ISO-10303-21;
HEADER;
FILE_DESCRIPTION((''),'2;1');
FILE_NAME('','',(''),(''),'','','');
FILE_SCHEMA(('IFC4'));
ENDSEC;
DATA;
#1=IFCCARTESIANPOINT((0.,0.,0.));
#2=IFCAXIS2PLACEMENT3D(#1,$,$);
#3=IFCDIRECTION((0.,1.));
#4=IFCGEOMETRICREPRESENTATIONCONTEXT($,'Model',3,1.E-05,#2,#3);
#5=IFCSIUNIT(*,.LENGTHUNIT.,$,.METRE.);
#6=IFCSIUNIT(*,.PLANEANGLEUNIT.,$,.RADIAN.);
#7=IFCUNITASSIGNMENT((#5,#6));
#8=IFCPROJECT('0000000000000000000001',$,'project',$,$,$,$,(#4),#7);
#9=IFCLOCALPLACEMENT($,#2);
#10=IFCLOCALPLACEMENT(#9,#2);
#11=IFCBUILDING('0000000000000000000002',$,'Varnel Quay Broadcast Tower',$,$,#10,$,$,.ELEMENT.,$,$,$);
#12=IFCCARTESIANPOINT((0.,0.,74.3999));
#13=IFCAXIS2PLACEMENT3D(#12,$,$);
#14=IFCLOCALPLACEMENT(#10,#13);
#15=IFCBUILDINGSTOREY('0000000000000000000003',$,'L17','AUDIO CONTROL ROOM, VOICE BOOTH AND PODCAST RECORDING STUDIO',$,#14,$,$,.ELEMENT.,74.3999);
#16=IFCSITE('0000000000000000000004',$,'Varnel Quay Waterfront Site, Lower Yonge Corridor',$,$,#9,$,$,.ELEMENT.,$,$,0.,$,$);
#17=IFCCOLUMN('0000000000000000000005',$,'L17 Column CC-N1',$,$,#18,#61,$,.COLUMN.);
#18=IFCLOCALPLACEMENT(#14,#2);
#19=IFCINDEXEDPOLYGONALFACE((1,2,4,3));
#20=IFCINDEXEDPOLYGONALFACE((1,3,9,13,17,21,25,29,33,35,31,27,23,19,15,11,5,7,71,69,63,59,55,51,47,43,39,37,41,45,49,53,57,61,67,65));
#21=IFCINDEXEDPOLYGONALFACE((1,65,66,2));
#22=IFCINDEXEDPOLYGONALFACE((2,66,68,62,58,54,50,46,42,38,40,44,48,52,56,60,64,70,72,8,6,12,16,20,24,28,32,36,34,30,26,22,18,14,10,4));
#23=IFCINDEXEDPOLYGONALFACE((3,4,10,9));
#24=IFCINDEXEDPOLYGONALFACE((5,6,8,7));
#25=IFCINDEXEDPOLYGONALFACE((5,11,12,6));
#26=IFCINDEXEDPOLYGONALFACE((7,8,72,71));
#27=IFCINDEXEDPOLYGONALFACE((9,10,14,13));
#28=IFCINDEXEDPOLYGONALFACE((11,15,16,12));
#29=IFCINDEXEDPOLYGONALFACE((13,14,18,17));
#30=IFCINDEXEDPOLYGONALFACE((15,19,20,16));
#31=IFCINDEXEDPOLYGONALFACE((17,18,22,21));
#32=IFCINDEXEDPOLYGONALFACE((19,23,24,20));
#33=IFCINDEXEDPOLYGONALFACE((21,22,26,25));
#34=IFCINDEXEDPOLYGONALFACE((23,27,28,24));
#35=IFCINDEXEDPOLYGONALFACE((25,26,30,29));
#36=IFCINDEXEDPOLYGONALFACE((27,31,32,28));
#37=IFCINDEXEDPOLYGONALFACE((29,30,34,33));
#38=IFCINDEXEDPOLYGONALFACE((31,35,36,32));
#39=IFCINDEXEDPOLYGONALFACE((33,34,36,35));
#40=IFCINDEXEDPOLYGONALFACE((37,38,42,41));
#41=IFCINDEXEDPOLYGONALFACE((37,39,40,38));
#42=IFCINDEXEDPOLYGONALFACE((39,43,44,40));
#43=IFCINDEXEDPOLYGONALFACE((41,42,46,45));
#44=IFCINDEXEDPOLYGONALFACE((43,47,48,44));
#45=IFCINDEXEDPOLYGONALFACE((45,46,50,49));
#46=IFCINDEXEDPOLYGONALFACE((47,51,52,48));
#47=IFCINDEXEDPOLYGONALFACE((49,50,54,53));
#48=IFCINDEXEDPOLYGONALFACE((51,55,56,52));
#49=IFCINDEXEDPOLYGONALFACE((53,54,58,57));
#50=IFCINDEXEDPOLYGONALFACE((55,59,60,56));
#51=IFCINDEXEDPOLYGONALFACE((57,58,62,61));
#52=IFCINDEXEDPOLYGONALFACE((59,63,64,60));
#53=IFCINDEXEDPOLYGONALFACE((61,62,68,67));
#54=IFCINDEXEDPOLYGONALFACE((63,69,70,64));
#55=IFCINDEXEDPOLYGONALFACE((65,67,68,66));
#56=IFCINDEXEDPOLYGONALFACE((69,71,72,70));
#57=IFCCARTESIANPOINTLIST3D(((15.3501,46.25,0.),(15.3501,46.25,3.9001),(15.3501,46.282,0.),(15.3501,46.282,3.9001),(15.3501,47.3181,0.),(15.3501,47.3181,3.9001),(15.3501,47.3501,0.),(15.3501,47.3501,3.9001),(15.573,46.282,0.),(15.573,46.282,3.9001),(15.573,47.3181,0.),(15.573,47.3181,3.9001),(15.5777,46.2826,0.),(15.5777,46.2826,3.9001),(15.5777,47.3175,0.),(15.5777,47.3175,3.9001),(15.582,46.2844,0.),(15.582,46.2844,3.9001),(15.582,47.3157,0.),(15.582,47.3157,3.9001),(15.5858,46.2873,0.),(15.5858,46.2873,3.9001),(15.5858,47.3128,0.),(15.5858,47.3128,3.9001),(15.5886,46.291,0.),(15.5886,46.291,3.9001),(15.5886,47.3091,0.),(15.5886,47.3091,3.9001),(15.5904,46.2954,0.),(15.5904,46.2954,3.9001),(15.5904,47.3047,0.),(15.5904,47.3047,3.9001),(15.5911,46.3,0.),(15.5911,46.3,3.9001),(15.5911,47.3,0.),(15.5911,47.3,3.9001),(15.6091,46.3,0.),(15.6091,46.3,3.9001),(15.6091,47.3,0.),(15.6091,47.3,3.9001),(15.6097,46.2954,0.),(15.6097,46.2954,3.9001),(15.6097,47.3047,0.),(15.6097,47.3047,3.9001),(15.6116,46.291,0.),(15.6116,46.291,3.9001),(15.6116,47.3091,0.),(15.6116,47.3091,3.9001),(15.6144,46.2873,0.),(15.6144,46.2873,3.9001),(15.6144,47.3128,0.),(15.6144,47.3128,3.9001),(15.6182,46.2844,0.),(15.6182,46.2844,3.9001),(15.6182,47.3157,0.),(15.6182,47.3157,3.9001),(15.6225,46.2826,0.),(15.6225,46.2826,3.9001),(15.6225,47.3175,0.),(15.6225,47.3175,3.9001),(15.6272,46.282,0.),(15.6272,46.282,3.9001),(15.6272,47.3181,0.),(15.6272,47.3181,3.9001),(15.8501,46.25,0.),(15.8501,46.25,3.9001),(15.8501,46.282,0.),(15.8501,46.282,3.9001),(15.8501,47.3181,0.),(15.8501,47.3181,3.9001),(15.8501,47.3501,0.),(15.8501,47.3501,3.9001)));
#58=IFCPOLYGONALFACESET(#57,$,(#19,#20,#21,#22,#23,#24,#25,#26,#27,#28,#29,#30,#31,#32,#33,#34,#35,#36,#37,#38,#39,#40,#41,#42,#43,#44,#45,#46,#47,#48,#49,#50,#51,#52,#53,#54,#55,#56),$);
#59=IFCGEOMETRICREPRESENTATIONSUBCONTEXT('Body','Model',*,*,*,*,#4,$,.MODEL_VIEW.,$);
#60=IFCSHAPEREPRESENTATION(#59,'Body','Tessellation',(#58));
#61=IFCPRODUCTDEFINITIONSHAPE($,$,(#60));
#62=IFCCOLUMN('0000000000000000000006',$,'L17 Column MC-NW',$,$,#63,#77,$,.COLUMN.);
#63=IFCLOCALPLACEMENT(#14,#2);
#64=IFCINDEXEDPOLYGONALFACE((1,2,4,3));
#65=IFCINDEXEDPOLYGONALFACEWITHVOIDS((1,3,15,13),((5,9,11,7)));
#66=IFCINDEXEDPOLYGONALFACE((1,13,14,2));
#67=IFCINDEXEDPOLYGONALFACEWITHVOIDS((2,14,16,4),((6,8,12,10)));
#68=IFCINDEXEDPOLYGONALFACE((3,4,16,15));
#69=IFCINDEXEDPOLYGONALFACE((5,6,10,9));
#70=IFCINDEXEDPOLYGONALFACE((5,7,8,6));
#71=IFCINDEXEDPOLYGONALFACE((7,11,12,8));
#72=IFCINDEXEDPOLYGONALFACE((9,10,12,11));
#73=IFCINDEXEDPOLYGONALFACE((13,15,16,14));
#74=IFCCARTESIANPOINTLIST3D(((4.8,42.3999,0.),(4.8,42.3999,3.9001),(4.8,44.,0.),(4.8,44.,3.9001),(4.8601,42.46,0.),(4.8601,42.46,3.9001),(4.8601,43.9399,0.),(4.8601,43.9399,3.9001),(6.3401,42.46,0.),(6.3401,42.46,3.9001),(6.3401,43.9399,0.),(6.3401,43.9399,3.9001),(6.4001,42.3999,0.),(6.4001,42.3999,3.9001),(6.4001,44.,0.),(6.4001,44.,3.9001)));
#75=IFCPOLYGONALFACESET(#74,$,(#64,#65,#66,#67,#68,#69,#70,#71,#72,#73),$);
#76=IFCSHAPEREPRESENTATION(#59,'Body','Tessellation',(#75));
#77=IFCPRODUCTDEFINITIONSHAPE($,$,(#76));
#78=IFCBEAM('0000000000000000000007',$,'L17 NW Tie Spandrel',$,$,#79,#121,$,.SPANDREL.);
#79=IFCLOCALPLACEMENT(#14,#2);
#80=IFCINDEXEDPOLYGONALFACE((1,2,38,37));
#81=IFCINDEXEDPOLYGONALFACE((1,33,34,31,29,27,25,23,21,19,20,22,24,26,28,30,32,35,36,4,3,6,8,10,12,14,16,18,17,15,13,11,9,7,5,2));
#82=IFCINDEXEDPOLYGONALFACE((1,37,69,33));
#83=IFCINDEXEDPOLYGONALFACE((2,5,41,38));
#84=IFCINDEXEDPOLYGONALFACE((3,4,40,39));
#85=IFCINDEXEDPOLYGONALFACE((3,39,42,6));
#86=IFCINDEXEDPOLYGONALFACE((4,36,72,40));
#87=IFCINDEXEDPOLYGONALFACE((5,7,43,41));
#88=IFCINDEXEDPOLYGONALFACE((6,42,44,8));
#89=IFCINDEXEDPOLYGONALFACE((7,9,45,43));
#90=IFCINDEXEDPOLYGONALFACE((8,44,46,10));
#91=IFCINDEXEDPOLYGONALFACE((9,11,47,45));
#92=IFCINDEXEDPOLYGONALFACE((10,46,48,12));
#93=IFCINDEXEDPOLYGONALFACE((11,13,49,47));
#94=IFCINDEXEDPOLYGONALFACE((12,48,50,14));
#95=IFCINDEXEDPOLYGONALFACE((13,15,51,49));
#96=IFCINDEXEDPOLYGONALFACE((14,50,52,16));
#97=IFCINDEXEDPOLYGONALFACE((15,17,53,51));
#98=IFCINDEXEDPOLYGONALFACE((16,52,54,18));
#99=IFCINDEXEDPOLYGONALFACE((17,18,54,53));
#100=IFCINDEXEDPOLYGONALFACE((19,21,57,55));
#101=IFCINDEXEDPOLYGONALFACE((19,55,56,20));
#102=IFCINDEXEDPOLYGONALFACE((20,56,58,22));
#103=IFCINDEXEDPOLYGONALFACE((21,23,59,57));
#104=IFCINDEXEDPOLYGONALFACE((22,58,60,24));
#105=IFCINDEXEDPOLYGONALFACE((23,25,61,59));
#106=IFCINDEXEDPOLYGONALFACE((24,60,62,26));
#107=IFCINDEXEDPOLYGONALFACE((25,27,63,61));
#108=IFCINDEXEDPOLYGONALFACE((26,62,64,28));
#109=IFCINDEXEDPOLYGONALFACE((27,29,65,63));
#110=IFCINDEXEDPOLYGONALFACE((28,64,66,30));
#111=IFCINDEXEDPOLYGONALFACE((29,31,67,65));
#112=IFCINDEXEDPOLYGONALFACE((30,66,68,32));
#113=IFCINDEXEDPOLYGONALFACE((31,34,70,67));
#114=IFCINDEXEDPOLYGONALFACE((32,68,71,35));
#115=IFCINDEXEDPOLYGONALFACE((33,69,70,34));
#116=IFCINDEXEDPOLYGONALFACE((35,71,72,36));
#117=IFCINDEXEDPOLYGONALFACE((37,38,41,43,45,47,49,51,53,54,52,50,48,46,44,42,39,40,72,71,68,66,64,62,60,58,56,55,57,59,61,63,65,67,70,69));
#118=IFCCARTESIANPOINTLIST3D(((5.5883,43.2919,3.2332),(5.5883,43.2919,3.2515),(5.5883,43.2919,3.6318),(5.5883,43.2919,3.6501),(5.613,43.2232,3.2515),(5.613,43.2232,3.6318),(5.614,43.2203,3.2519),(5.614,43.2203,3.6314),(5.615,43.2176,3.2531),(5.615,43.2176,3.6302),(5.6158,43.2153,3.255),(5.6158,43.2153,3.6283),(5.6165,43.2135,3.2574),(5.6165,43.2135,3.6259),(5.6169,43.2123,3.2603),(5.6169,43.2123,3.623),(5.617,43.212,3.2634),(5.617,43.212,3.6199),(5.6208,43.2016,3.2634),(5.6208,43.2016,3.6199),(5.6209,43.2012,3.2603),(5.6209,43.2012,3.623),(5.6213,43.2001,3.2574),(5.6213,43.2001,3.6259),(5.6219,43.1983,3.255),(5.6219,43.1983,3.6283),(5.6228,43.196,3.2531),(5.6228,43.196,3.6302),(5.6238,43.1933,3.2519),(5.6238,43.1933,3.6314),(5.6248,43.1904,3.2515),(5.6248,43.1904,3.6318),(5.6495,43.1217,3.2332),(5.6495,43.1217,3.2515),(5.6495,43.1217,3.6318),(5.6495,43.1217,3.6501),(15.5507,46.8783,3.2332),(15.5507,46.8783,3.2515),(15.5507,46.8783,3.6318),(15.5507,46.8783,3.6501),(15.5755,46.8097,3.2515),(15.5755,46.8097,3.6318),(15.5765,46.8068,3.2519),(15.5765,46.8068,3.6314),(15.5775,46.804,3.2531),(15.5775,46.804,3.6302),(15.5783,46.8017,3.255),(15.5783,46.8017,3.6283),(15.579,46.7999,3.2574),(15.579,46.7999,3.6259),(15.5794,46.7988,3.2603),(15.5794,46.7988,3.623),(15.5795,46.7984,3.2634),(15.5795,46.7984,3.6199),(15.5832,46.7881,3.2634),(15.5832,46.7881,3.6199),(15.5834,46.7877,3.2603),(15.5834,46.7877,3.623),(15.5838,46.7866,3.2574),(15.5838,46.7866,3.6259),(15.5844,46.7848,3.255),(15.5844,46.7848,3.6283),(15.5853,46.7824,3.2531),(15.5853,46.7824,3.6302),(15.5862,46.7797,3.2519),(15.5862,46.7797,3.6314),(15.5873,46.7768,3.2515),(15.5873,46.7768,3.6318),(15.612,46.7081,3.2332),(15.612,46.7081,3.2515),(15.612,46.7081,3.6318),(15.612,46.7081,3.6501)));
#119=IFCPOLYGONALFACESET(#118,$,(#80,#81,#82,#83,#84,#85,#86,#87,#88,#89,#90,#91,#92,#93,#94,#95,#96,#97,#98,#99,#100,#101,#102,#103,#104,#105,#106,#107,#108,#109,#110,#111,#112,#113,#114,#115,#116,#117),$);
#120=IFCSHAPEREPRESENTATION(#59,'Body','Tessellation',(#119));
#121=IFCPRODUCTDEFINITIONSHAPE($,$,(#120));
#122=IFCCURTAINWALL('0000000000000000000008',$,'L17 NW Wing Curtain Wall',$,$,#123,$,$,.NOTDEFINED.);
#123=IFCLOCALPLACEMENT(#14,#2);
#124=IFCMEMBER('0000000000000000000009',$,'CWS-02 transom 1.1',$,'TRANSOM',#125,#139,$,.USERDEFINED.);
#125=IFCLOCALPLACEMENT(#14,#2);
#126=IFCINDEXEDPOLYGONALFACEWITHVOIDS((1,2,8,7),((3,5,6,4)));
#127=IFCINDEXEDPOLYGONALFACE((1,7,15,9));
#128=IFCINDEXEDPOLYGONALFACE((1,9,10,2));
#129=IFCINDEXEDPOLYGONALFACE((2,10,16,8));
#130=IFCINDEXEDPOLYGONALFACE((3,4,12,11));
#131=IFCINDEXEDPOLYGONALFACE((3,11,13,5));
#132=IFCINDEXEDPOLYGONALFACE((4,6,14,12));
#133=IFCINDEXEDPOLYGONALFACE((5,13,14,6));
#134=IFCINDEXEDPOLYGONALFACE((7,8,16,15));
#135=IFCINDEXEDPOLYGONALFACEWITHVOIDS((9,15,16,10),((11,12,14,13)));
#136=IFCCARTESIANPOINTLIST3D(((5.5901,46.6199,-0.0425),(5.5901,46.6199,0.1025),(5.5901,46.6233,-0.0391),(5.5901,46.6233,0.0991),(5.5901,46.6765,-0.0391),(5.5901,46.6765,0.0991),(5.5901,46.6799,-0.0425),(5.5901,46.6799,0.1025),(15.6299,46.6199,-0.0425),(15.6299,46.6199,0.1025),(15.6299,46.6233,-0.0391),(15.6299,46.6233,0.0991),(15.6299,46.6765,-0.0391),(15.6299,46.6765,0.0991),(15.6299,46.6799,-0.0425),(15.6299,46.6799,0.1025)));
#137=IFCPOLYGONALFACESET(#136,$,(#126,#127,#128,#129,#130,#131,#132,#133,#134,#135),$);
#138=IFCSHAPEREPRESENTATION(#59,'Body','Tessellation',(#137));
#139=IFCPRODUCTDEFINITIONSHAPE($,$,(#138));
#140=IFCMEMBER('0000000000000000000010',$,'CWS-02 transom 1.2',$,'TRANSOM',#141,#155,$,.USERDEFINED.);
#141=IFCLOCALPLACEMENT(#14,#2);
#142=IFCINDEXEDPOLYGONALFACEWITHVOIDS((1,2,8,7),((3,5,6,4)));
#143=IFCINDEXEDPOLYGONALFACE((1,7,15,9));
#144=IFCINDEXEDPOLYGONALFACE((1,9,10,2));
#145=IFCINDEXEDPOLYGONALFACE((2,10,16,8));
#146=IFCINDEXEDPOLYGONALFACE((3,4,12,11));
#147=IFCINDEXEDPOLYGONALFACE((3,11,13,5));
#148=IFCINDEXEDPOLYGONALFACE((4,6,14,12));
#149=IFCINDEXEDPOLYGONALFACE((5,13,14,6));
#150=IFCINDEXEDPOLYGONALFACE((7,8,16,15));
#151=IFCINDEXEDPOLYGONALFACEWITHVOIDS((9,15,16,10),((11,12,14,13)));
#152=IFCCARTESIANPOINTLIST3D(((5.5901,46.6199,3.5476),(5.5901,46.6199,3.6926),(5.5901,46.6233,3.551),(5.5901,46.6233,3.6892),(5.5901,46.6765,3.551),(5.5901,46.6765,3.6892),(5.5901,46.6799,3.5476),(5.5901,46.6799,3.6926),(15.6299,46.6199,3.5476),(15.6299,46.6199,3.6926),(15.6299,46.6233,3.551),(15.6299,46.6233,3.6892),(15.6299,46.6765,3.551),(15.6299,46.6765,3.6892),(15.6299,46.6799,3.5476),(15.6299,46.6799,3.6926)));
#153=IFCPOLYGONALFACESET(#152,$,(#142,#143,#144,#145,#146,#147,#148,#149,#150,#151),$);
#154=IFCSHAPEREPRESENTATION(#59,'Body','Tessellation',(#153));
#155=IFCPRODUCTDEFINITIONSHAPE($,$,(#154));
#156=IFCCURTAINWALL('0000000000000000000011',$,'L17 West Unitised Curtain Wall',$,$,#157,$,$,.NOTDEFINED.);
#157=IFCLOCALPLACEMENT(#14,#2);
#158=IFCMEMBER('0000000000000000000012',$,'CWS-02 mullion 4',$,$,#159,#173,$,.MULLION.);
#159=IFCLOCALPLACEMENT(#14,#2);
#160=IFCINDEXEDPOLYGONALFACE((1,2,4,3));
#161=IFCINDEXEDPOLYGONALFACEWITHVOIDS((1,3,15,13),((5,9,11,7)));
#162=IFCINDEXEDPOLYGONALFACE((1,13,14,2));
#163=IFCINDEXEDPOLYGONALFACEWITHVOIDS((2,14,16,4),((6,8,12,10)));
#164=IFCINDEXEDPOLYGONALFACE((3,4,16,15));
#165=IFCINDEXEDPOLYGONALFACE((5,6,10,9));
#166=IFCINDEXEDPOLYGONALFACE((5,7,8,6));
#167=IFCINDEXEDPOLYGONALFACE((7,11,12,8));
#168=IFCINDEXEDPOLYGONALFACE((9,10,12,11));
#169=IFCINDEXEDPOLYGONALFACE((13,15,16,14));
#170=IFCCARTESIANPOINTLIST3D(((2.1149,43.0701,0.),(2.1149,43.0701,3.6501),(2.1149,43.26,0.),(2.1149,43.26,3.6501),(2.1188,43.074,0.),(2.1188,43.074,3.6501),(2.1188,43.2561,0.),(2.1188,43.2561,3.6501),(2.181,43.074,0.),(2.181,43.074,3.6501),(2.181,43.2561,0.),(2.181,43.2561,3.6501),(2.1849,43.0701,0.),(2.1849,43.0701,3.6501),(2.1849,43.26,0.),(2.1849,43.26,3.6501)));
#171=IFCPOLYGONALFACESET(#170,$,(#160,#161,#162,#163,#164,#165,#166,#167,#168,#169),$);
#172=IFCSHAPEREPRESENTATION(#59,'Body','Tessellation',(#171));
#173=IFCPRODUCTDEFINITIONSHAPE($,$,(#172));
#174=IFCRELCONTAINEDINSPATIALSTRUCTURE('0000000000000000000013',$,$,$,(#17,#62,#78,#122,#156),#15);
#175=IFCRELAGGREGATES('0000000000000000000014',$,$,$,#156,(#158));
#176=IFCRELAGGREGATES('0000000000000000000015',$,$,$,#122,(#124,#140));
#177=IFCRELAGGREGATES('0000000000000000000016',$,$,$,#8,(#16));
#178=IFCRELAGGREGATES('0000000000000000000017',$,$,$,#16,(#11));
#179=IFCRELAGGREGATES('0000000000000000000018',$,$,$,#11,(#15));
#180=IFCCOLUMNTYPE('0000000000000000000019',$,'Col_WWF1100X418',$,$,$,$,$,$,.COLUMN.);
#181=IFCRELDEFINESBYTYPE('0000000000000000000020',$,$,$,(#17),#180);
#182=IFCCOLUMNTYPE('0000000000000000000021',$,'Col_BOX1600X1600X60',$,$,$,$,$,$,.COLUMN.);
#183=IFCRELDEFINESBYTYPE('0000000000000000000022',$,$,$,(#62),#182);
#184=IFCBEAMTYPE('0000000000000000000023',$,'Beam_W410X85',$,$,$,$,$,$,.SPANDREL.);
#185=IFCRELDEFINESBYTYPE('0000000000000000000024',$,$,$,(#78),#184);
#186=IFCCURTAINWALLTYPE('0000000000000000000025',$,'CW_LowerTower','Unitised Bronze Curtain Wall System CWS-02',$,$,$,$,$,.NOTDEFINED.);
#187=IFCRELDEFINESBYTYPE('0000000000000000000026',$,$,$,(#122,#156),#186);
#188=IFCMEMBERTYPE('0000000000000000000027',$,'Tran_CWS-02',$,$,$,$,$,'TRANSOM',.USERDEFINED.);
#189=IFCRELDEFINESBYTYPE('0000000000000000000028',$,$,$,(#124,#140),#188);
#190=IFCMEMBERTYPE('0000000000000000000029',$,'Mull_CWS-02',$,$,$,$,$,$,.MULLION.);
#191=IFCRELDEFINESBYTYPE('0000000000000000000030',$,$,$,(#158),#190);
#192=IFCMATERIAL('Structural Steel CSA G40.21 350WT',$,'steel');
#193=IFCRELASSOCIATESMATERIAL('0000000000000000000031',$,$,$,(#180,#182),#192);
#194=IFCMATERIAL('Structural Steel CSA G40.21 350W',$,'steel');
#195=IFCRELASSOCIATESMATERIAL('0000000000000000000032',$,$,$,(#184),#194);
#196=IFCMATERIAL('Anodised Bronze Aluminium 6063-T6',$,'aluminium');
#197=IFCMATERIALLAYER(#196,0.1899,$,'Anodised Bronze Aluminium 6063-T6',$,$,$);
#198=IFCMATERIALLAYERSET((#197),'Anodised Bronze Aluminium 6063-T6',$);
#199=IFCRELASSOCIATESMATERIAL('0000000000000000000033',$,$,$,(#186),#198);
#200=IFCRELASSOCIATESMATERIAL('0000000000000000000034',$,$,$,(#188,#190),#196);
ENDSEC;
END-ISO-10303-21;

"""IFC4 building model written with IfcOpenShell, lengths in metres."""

from ifc_helpers import new_model, si_unit, direction, frame, origin, origin_2d, place, context, subcontext, project, spatial, hollow_rectangle, i_section, extrude, source, transform, mapped, material, layer, layer_set, material_profile, profile_set, type_object, type_shapes, element, aggregate, save


model = new_model("IFC4")

# Units and contexts
model_context = context("Model", 3, precision=1e-05, world=origin(), true_north=direction((0.0, 1.0)))
body_context = subcontext(model_context, "Body", "Model", "MODEL_VIEW")
ifc_project = project(units=[si_unit("LENGTHUNIT", "METRE"), si_unit("PLANEANGLEUNIT", "RADIAN")], contexts=[model_context])

# Site, building, storey
site_placement = place(None, origin())
site = spatial("IfcSite", under=ifc_project, at=site_placement, Name="Varnel Quay Waterfront Site, Lower Yonge Corridor", CompositionType="ELEMENT", RefElevation=0.0)
building_placement = place(site_placement, origin())
building = spatial("IfcBuilding", under=site, at=building_placement, Name="Varnel Quay Broadcast Tower", CompositionType="ELEMENT")
storey_placement = place(building_placement, frame((0.0, 0.0, 74.3999)))
storey = spatial("IfcBuildingStorey", under=building, at=storey_placement, Name="L17", Description="AUDIO CONTROL ROOM, VOICE BOOTH AND PODCAST RECORDING STUDIO", CompositionType="ELEMENT", Elevation=74.3999)

# Columns
ifc_material_1 = material(Name="Structural Steel CSA G40.21 350WT", Category="steel")
ifc_material_profile_1 = material_profile(ifc_material_1, i_section(OverallWidth=0.5, OverallDepth=1.1001, WebThickness=0.0181, FlangeThickness=0.032, FilletRadius=0.0181, at=origin_2d()), Name="WWF1100X418")
ifc_profile_set_1 = profile_set([ifc_material_profile_1], Name="Structural Steel CSA G40.21 350WT")
column_type_1 = type_object("IfcColumnType", Name="Col_WWF1100X418", PredefinedType="COLUMN", material=ifc_profile_set_1)
shared_shape_1 = source(origin(), body_context, "Body", "SweptSolid", [
    extrude(i_section(OverallWidth=0.5, OverallDepth=1.1001, WebThickness=0.0181, FlangeThickness=0.032, FilletRadius=0.0181, at=origin_2d()), origin(), (0.0, 0.0, 1.0), 3.9001),
])
type_shapes(column_type_1, [shared_shape_1])
column_1_placement = place(storey_placement, frame((15.6001, 46.8, 0.0), z_axis=(0.0, 0.0, 1.0), x_axis=(1.0, 0.0, 0.0)))
element("IfcColumn", 1, at=column_1_placement, inside=storey, type_object=column_type_1, Name="L17 Column CC-N1", PredefinedType="COLUMN", context=body_context, shape_type="MappedRepresentation", body=[
    mapped(shared_shape_1, transform((0.0, 0.0, 0.0), x_axis=(1.0, 0.0, 0.0), y_axis=(0.0, 1.0, 0.0), z_axis=(0.0, 0.0, 1.0), scale=1.0)),
])
ifc_material_profile_2 = material_profile(ifc_material_1, hollow_rectangle(XDim=1.6001, YDim=1.6001, WallThickness=0.0601, at=origin_2d()), Name="BOX1600X1600X60")
ifc_profile_set_2 = profile_set([ifc_material_profile_2], Name="Structural Steel CSA G40.21 350WT")
column_type_2 = type_object("IfcColumnType", Name="Col_BOX1600X1600X60", PredefinedType="COLUMN", material=ifc_profile_set_2)
shared_shape_2 = source(origin(), body_context, "Body", "SweptSolid", [
    extrude(hollow_rectangle(XDim=1.6001, YDim=1.6001, WallThickness=0.0601, at=origin_2d()), origin(), (0.0, 0.0, 1.0), 3.9001),
])
type_shapes(column_type_2, [shared_shape_2])
column_2_placement = place(storey_placement, frame((5.6001, 43.2, 0.0), z_axis=(0.0, 0.0, 1.0), x_axis=(1.0, 0.0, 0.0)))
element("IfcColumn", 2, at=column_2_placement, inside=storey, type_object=column_type_2, Name="L17 Column MC-NW", PredefinedType="COLUMN", context=body_context, shape_type="MappedRepresentation", body=[
    mapped(shared_shape_2, transform((0.0, 0.0, 0.0), x_axis=(1.0, 0.0, 0.0), y_axis=(0.0, 1.0, 0.0), z_axis=(0.0, 0.0, 1.0), scale=1.0)),
])

# Beam
ifc_material_2 = material(Name="Structural Steel CSA G40.21 350W", Category="steel")
ifc_material_profile_3 = material_profile(ifc_material_2, i_section(OverallWidth=0.1809, OverallDepth=0.417, WebThickness=0.011, FlangeThickness=0.0183, FilletRadius=0.012, at=origin_2d()), Name="W410X85")
ifc_profile_set_3 = profile_set([ifc_material_profile_3], Name="Structural Steel CSA G40.21 350W")
beam_type = type_object("IfcBeamType", Name="Beam_W410X85", PredefinedType="SPANDREL", material=ifc_profile_set_3)
shared_shape_3 = source(origin(), body_context, "Body", "SweptSolid", [
    extrude(i_section(OverallWidth=0.1809, OverallDepth=0.417, WebThickness=0.011, FlangeThickness=0.0183, FilletRadius=0.012, at=origin_2d()), origin(), (0.0, 0.0, 1.0), 10.5884),
])
type_shapes(beam_type, [shared_shape_3])
beam_placement = place(storey_placement, frame((5.6189, 43.2068, 3.4417), z_axis=(0.940889, 0.338716, 0.0), x_axis=(-0.338716, 0.940889, 0.0)))
element("IfcBeam", 3, at=beam_placement, inside=storey, type_object=beam_type, Name="L17 NW Tie Spandrel", PredefinedType="SPANDREL", context=body_context, shape_type="MappedRepresentation", body=[
    mapped(shared_shape_3, transform((0.0, 0.0, 0.0), x_axis=(1.0, 0.0, 0.0), y_axis=(0.0, 1.0, 0.0), z_axis=(0.0, 0.0, 1.0), scale=1.0)),
])

# Curtain wall, members
ifc_material_3 = material(Name="Anodised Bronze Aluminium 6063-T6", Category="aluminium")
ifc_layer_1 = layer(ifc_material_3, 0.1899, Name="Anodised Bronze Aluminium 6063-T6")
ifc_layer_set_1 = layer_set([ifc_layer_1], Name="Anodised Bronze Aluminium 6063-T6")
curtain_wall_type = type_object("IfcCurtainWallType", Name="CW_LowerTower", Description="Unitised Bronze Curtain Wall System CWS-02", PredefinedType="NOTDEFINED", material=ifc_layer_set_1)
curtain_wall_1_placement = place(storey_placement, origin())
curtain_wall_1 = element("IfcCurtainWall", 4, at=curtain_wall_1_placement, inside=storey, type_object=curtain_wall_type, Name="L17 NW Wing Curtain Wall", PredefinedType="NOTDEFINED")
ifc_material_profile_4 = material_profile(ifc_material_3, hollow_rectangle(XDim=0.0601, YDim=0.145, WallThickness=0.0034, at=origin_2d()), Name="ALU60X145X3.5")
ifc_profile_set_4 = profile_set([ifc_material_profile_4], Name="Anodised Bronze Aluminium 6063-T6")
member_type_1 = type_object("IfcMemberType", Name="Tran_CWS-02", ElementType="TRANSOM", PredefinedType="USERDEFINED", material=ifc_profile_set_4)
shared_shape_4 = source(origin(), body_context, "Body", "SweptSolid", [
    extrude(hollow_rectangle(XDim=0.0601, YDim=0.145, WallThickness=0.0034, at=origin_2d()), origin(), (0.0, 0.0, 1.0), 10.0398),
])
type_shapes(member_type_1, [shared_shape_4])
member_1_placement = place(storey_placement, frame((5.5901, 46.6499, 0.03), z_axis=(1.0, 0.0, 0.0), x_axis=(0.0, 1.0, 0.0)))
member_1 = element("IfcMember", 5, at=member_1_placement, type_object=member_type_1, Name="CWS-02 transom 1.1", ObjectType="TRANSOM", PredefinedType="USERDEFINED", context=body_context, shape_type="MappedRepresentation", body=[
    mapped(shared_shape_4, transform((0.0, 0.0, 0.0), x_axis=(1.0, 0.0, 0.0), y_axis=(0.0, 1.0, 0.0), z_axis=(0.0, 0.0, 1.0), scale=1.0)),
])
member_2_placement = place(storey_placement, frame((5.5901, 46.6499, 3.6201), z_axis=(1.0, 0.0, 0.0), x_axis=(0.0, 1.0, 0.0)))
member_2 = element("IfcMember", 6, at=member_2_placement, type_object=member_type_1, Name="CWS-02 transom 1.2", ObjectType="TRANSOM", PredefinedType="USERDEFINED", context=body_context, shape_type="MappedRepresentation", body=[
    mapped(shared_shape_4, transform((0.0, 0.0, 0.0), x_axis=(1.0, 0.0, 0.0), y_axis=(0.0, 1.0, 0.0), z_axis=(0.0, 0.0, 1.0), scale=1.0)),
])

# Curtain wall, member
curtain_wall_2_placement = place(storey_placement, origin())
curtain_wall_2 = element("IfcCurtainWall", 7, at=curtain_wall_2_placement, inside=storey, type_object=curtain_wall_type, Name="L17 West Unitised Curtain Wall", PredefinedType="NOTDEFINED")
ifc_material_profile_5 = material_profile(ifc_material_3, hollow_rectangle(XDim=0.0701, YDim=0.1899, WallThickness=0.0039, at=origin_2d()), Name="ALU70X190X4")
ifc_profile_set_5 = profile_set([ifc_material_profile_5], Name="Anodised Bronze Aluminium 6063-T6")
member_type_2 = type_object("IfcMemberType", Name="Mull_CWS-02", PredefinedType="MULLION", material=ifc_profile_set_5)
shared_shape_5 = source(origin(), body_context, "Body", "SweptSolid", [
    extrude(hollow_rectangle(XDim=0.0701, YDim=0.1899, WallThickness=0.0039, at=origin_2d()), origin(), (0.0, 0.0, 1.0), 3.6501),
])
type_shapes(member_type_2, [shared_shape_5])
member_3_placement = place(storey_placement, frame((2.1499, 43.165, 0.0), z_axis=(0.0, 0.0, 1.0), x_axis=(-1.0, 0.0, 0.0)))
member_3 = element("IfcMember", 8, at=member_3_placement, type_object=member_type_2, Name="CWS-02 mullion 4", PredefinedType="MULLION", context=body_context, shape_type="MappedRepresentation", body=[
    mapped(shared_shape_5, transform((0.0, 0.0, 0.0), x_axis=(1.0, 0.0, 0.0), y_axis=(0.0, 1.0, 0.0), z_axis=(0.0, 0.0, 1.0), scale=1.0)),
])

aggregate(curtain_wall_2, [member_3])
aggregate(curtain_wall_1, [member_1, member_2])

save(model, "model.ifc")
